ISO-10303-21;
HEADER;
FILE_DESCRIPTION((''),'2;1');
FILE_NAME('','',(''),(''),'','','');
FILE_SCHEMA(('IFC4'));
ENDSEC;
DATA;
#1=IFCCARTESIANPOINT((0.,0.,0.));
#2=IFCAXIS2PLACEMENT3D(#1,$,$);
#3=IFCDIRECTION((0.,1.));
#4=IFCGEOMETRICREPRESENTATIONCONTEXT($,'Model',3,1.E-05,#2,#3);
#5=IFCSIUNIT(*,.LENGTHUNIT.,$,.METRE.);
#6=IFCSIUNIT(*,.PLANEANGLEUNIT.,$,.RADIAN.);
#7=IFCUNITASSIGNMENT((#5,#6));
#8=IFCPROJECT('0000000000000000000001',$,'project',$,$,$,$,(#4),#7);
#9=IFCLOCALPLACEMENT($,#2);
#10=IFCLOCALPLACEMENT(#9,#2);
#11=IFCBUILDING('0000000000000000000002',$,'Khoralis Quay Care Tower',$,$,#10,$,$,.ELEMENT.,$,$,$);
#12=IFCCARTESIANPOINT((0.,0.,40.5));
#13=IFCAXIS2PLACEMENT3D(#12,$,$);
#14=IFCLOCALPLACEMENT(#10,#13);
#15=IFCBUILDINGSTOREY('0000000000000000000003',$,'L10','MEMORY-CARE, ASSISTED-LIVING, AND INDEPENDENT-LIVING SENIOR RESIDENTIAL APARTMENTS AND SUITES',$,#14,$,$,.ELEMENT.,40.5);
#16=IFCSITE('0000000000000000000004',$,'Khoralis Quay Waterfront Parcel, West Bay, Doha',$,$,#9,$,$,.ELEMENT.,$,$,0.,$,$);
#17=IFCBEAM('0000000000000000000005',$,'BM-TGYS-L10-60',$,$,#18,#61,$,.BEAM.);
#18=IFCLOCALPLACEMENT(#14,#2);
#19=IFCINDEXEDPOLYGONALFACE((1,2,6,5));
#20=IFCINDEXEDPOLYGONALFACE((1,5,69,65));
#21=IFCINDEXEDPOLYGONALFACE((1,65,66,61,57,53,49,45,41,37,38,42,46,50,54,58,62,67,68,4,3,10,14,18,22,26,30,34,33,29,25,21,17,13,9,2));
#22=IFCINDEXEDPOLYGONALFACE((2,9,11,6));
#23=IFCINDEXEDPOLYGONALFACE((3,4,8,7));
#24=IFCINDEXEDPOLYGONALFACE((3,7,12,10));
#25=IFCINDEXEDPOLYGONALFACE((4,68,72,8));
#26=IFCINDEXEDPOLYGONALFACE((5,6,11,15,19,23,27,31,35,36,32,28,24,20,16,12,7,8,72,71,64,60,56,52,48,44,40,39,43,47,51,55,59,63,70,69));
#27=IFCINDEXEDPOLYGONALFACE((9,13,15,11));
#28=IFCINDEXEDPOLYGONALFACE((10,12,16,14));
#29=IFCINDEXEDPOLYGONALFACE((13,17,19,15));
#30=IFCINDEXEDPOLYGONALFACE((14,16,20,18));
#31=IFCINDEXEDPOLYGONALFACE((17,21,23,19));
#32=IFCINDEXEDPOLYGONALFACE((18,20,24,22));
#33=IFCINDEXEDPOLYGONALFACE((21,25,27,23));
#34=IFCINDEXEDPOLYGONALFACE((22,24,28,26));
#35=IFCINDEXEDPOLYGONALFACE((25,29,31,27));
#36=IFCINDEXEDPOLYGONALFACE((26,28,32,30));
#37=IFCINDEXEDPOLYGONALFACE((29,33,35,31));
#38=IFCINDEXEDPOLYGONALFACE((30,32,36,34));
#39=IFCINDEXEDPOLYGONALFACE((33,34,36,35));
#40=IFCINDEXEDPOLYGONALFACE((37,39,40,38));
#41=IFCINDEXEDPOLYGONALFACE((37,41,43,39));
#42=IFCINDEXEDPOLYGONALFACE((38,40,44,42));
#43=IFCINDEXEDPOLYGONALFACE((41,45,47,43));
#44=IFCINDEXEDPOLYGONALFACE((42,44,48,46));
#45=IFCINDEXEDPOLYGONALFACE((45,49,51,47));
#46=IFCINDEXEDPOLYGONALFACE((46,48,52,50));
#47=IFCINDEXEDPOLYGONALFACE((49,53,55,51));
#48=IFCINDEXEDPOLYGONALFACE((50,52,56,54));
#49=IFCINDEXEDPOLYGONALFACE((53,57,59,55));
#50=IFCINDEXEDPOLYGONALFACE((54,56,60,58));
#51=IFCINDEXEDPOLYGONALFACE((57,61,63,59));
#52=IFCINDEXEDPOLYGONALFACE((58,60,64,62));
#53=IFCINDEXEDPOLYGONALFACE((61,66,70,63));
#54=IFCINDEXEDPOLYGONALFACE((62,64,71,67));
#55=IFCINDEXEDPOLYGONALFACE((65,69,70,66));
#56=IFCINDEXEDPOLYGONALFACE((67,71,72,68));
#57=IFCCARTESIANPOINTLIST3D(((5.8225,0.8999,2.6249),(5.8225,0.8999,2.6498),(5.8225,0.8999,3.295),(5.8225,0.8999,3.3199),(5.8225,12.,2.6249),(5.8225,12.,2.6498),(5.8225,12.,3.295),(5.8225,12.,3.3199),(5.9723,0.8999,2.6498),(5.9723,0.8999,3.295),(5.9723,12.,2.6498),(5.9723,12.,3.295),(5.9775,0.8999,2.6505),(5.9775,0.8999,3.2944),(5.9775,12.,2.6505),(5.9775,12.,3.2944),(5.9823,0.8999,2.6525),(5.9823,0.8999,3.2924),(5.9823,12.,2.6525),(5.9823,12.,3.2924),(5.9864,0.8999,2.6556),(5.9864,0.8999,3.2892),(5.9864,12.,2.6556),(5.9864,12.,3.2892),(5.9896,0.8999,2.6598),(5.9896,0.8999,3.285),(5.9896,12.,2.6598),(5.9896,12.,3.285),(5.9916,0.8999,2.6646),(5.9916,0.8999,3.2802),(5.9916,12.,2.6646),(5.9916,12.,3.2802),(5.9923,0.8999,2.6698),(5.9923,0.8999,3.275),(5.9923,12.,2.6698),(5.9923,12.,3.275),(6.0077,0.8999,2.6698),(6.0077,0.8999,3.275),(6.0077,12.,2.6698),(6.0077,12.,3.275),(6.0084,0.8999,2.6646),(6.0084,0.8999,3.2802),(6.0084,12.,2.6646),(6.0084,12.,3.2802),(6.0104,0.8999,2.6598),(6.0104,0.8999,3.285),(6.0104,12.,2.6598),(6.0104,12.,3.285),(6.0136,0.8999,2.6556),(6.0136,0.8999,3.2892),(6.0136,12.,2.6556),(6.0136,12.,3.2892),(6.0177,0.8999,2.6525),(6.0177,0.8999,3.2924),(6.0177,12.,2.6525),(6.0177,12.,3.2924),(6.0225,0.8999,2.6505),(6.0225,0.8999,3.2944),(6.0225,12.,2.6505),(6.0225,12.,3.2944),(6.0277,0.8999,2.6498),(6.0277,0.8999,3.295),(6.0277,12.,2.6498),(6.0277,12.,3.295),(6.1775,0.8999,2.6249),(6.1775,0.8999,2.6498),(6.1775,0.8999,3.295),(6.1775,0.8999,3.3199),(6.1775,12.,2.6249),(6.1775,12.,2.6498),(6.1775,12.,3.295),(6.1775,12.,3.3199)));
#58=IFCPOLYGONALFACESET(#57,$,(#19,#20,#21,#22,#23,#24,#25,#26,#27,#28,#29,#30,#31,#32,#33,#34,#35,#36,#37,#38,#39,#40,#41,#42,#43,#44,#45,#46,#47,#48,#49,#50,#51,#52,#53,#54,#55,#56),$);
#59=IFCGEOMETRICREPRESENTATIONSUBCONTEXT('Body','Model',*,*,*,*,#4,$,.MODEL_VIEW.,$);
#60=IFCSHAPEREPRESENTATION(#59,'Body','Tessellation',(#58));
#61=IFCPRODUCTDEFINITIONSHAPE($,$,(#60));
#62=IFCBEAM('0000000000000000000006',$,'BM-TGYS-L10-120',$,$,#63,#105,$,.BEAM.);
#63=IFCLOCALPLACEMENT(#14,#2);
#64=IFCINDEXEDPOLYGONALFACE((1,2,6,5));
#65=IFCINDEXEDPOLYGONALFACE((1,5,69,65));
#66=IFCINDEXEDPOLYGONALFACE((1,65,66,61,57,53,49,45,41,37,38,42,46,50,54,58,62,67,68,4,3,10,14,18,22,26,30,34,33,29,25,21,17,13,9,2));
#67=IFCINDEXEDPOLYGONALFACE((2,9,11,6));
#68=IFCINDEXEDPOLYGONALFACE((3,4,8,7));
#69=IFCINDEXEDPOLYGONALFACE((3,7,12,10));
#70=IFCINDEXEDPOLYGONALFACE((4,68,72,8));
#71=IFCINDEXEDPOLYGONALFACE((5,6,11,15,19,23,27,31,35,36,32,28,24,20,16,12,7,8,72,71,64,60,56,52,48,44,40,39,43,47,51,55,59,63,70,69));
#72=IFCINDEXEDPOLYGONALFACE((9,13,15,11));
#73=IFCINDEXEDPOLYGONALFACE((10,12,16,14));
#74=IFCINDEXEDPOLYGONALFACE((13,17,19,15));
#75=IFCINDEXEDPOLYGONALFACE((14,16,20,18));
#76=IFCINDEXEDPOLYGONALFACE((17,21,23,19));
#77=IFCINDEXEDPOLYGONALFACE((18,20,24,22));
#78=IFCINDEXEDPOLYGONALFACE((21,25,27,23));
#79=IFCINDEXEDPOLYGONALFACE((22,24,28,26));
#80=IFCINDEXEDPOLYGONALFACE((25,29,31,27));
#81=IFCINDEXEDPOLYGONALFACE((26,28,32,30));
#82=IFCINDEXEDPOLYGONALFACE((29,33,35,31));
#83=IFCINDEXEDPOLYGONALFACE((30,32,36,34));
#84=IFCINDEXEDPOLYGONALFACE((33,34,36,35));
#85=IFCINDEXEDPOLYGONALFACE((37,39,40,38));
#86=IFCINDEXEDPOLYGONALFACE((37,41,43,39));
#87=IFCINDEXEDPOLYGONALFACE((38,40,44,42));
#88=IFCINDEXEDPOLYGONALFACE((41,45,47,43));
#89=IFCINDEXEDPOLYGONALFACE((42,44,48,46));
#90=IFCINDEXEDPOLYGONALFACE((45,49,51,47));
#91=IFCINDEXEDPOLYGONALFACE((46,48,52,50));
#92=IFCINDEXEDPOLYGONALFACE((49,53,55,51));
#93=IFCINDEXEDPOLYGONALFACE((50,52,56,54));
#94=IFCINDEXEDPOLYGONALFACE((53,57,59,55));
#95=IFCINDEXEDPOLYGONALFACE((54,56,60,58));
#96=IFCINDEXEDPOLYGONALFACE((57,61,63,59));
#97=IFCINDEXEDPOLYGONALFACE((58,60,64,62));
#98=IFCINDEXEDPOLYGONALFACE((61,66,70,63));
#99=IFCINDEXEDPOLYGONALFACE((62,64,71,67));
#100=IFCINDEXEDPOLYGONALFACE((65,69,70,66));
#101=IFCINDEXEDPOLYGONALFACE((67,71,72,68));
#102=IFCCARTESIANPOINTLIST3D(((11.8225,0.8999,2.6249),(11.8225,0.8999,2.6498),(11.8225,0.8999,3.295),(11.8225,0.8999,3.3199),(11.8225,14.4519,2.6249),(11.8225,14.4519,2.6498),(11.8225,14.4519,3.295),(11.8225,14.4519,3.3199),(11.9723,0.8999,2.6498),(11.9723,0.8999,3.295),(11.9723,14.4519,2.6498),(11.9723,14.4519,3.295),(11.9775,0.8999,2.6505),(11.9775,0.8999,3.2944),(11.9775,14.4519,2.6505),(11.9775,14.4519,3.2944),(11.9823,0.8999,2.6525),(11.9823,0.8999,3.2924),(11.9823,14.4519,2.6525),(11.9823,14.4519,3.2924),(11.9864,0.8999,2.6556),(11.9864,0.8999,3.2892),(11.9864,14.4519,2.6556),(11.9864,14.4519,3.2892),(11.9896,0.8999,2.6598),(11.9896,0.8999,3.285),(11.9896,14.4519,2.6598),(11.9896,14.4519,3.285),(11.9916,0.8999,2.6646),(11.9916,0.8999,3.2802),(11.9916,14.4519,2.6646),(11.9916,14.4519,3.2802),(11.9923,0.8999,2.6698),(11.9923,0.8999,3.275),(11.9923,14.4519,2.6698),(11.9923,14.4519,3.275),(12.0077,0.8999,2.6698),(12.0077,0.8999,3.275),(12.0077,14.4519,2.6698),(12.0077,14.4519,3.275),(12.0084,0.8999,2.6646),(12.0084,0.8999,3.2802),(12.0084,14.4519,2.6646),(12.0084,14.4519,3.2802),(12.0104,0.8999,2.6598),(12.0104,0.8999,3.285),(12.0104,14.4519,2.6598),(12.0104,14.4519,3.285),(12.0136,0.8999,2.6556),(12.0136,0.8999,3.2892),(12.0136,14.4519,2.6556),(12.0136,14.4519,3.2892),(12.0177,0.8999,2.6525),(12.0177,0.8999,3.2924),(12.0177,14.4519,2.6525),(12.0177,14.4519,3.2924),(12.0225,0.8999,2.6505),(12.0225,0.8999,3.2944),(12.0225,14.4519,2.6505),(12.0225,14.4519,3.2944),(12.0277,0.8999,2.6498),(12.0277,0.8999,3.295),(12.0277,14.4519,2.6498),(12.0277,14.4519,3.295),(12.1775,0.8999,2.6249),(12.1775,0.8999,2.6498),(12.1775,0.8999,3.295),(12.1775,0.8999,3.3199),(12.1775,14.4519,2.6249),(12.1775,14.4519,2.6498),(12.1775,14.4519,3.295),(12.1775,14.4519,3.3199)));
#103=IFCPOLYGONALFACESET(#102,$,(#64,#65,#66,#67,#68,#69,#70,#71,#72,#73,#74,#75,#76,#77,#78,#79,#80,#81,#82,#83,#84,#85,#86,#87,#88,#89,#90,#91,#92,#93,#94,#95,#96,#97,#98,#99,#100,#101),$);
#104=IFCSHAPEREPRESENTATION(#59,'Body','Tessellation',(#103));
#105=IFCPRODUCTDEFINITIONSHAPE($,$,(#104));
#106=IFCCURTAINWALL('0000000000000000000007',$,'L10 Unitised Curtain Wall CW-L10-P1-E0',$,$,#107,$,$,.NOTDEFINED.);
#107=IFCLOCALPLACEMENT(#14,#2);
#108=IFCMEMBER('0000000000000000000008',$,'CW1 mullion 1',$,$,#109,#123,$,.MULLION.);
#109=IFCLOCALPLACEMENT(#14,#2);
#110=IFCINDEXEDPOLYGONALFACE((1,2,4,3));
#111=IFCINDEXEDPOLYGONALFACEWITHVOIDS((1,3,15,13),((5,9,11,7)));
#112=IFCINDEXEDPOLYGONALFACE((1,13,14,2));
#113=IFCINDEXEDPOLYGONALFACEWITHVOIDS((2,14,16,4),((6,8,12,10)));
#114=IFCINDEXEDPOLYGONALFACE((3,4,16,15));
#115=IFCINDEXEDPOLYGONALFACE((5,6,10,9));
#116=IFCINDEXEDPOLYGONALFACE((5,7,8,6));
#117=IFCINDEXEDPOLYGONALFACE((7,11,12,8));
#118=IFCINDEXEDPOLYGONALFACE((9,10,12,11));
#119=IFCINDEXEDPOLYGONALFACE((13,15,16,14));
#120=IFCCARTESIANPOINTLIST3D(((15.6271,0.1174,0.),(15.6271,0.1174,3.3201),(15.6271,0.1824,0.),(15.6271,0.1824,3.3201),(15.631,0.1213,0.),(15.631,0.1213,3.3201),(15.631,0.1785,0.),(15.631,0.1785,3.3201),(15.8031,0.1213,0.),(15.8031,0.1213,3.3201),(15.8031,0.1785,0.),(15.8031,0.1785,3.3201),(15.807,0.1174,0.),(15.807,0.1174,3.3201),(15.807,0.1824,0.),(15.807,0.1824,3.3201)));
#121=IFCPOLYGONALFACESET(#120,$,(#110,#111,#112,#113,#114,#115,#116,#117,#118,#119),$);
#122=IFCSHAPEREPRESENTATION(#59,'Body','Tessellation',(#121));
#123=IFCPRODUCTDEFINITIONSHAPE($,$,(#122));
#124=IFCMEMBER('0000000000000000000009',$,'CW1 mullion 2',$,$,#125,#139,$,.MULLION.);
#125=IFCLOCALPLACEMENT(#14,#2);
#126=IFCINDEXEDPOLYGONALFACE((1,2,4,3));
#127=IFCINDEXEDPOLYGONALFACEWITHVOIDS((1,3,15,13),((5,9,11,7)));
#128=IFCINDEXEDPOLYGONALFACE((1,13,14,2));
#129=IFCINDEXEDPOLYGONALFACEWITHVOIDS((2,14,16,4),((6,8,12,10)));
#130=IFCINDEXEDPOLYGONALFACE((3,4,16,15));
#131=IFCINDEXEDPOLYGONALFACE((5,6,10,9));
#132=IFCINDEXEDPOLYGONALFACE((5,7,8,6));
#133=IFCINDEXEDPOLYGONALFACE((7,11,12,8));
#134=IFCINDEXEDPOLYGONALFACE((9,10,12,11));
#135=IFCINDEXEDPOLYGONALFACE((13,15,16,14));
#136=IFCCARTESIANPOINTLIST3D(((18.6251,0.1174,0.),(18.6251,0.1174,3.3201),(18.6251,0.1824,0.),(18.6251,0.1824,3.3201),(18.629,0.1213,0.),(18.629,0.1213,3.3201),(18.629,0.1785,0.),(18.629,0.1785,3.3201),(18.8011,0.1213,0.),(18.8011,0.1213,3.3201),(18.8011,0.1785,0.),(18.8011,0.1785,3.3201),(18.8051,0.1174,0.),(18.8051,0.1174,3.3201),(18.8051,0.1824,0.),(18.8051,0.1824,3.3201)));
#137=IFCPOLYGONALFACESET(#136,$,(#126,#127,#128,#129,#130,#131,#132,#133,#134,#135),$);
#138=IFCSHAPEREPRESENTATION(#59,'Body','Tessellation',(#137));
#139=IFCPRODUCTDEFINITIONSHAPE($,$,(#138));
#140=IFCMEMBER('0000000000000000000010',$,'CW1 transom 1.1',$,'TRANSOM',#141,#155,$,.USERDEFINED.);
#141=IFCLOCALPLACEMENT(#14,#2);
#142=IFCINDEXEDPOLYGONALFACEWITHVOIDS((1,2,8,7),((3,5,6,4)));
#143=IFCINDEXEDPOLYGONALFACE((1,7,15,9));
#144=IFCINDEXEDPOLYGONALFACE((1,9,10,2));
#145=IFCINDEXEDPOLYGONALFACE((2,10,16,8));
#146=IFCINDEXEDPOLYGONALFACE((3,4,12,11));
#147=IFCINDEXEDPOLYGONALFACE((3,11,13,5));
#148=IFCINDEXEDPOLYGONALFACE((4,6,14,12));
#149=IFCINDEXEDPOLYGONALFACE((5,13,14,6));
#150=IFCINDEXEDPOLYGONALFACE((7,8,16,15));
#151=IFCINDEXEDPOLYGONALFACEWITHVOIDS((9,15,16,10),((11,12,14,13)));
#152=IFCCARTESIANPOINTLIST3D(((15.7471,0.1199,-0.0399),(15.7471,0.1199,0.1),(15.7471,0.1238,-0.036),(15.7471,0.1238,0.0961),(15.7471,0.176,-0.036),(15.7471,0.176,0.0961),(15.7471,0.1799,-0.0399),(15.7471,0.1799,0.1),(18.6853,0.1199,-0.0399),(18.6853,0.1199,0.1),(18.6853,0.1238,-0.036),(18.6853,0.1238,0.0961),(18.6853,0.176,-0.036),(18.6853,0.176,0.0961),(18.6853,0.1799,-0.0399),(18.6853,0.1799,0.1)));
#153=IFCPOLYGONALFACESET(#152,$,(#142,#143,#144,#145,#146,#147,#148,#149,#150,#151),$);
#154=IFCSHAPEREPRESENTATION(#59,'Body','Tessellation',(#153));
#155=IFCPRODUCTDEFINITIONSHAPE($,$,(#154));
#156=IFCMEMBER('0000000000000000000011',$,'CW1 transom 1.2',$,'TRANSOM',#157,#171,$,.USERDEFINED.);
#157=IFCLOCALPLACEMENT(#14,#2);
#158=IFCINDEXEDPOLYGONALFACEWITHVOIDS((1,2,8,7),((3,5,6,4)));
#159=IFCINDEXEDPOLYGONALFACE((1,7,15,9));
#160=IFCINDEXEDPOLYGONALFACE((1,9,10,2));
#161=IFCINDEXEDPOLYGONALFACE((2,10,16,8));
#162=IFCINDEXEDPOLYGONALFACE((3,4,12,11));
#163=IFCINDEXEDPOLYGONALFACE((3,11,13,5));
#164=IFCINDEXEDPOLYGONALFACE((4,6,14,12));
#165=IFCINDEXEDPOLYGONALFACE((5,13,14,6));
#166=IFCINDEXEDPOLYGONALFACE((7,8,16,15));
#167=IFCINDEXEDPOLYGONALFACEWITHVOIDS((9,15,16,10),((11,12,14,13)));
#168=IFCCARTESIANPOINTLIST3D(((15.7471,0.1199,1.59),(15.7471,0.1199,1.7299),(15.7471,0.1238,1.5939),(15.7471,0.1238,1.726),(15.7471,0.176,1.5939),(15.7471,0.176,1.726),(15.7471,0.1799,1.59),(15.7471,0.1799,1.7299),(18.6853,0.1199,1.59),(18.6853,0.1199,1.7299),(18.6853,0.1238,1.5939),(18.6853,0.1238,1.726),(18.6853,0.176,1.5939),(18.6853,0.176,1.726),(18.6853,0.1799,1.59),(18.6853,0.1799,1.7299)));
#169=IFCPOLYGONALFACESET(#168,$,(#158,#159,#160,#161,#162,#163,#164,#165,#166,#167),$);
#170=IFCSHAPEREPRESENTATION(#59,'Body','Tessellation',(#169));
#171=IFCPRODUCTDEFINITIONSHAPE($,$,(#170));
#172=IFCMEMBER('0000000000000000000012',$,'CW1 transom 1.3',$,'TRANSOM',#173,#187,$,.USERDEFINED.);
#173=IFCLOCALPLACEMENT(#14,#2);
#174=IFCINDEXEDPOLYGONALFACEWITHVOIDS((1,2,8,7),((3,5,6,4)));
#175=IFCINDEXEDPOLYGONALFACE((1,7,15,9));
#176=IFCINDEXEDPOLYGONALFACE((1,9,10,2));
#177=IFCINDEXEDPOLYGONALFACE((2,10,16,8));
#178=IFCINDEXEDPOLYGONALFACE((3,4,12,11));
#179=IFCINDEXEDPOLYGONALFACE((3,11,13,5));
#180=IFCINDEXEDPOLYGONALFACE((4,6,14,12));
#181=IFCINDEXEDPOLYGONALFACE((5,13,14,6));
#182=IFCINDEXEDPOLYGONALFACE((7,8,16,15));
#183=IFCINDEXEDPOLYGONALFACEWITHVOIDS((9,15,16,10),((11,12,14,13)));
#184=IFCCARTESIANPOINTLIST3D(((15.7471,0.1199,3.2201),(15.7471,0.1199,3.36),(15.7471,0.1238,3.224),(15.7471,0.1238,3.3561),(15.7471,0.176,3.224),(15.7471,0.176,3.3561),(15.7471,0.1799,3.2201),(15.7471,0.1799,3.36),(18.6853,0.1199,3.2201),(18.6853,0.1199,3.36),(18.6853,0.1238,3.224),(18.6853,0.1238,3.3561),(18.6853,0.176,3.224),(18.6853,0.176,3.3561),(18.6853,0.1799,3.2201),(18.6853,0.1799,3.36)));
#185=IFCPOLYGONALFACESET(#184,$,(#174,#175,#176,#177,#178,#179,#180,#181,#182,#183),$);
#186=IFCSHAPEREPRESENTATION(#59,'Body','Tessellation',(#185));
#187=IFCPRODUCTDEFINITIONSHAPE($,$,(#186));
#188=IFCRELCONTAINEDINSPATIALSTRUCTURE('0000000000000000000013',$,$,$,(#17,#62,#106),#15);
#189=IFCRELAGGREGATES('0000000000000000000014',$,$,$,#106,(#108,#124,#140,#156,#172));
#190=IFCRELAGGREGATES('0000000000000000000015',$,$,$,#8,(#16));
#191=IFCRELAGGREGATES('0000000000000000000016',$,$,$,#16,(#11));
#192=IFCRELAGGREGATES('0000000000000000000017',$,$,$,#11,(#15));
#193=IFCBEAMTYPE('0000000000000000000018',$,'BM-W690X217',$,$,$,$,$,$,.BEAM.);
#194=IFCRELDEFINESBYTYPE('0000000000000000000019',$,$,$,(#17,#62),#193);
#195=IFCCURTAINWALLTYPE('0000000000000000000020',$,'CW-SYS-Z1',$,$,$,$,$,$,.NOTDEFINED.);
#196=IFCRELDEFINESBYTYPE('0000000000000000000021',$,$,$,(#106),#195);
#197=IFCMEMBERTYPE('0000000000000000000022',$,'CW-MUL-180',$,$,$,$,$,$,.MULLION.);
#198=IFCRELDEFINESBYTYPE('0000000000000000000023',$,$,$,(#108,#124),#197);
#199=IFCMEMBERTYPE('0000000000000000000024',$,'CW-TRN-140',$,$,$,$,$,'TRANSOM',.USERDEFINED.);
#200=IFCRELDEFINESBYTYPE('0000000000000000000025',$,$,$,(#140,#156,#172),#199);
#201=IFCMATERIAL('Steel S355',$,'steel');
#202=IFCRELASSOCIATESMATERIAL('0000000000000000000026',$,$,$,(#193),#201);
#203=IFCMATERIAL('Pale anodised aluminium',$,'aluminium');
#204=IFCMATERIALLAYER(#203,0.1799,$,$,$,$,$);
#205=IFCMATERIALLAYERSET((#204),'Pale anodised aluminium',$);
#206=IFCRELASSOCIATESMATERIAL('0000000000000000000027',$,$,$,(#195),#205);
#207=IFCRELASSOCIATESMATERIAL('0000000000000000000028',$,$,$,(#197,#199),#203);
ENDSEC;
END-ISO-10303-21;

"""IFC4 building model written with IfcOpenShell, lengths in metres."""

from ifc_helpers import new_model, si_unit, direction, frame, origin, origin_2d, place, context, subcontext, project, spatial, hollow_rectangle, i_section, extrude, source, transform, mapped, material, layer, layer_set, material_profile, profile_set, type_object, element, aggregate, save


model = new_model("IFC4")

# Units and contexts
model_context = context("Model", 3, precision=1e-05, world=origin(), true_north=direction((0.0, 1.0)))
body_context = subcontext(model_context, "Body", "Model", "MODEL_VIEW")
ifc_project = project(units=[si_unit("LENGTHUNIT", "METRE"), si_unit("PLANEANGLEUNIT", "RADIAN")], contexts=[model_context])

# Site, building, storey
site_placement = place(None, origin())
site = spatial("IfcSite", under=ifc_project, at=site_placement, Name="Khoralis Quay Waterfront Parcel, West Bay, Doha", CompositionType="ELEMENT", RefElevation=0.0)
building_placement = place(site_placement, origin())
building = spatial("IfcBuilding", under=site, at=building_placement, Name="Khoralis Quay Care Tower", CompositionType="ELEMENT")
storey_placement = place(building_placement, frame((0.0, 0.0, 40.5)))
storey = spatial("IfcBuildingStorey", under=building, at=storey_placement, Name="L10", Description="MEMORY-CARE, ASSISTED-LIVING, AND INDEPENDENT-LIVING SENIOR RESIDENTIAL APARTMENTS AND SUITES", CompositionType="ELEMENT", Elevation=40.5)

# Beams
ifc_material_1 = material(Name="Steel S355", Category="steel")
ifc_material_profile_1 = material_profile(ifc_material_1, i_section(OverallWidth=0.355, OverallDepth=0.6951, WebThickness=0.0154, FlangeThickness=0.0249, FilletRadius=0.02, at=origin_2d()), Name="Steel S355")
ifc_profile_set_1 = profile_set([ifc_material_profile_1], Name="Steel S355")
beam_type_1 = type_object("IfcBeamType", Name="BM-W690X217", PredefinedType="BEAM", material=ifc_profile_set_1)
shared_shape_1 = source(origin(), body_context, "Body", "SweptSolid", [
    extrude(i_section(OverallWidth=0.355, OverallDepth=0.6951, WebThickness=0.0154, FlangeThickness=0.0249, FilletRadius=0.02, at=origin_2d()), origin(), (0.0, 0.0, 1.0), 11.1001),
])
beam_1_placement = place(storey_placement, frame((6.0, 0.8999, 2.9724), z_axis=(0.0, 1.0, 0.0), x_axis=(-1.0, 0.0, 0.0)))
element("IfcBeam", 1, at=beam_1_placement, inside=storey, type_object=beam_type_1, Name="BM-TGYS-L10-60", PredefinedType="BEAM", context=body_context, shape_type="MappedRepresentation", body=[
    mapped(shared_shape_1, transform((0.0, 0.0, 0.0), scale=1.0)),
])
shared_shape_2 = source(origin(), body_context, "Body", "SweptSolid", [
    extrude(i_section(OverallWidth=0.355, OverallDepth=0.6951, WebThickness=0.0154, FlangeThickness=0.0249, FilletRadius=0.02, at=origin_2d()), origin(), (0.0, 0.0, 1.0), 13.552),
])
beam_2_placement = place(storey_placement, frame((12.0, 0.8999, 2.9724), z_axis=(0.0, 1.0, 0.0), x_axis=(-1.0, 0.0, 0.0)))
element("IfcBeam", 2, at=beam_2_placement, inside=storey, type_object=beam_type_1, Name="BM-TGYS-L10-120", PredefinedType="BEAM", context=body_context, shape_type="MappedRepresentation", body=[
    mapped(shared_shape_2, transform((0.0, 0.0, 0.0), scale=1.0)),
])

# Curtain wall, members
ifc_material_2 = material(Name="Pale anodised aluminium", Category="aluminium")
ifc_layer_1 = layer(ifc_material_2, 0.1799)
ifc_layer_set_1 = layer_set([ifc_layer_1], Name="Pale anodised aluminium")
curtain_wall_type = type_object("IfcCurtainWallType", Name="CW-SYS-Z1", PredefinedType="NOTDEFINED", material=ifc_layer_set_1)
curtain_wall_placement = place(storey_placement, origin())
curtain_wall = element("IfcCurtainWall", 3, at=curtain_wall_placement, inside=storey, type_object=curtain_wall_type, Name="L10 Unitised Curtain Wall CW-L10-P1-E0", PredefinedType="NOTDEFINED")
ifc_material_profile_2 = material_profile(ifc_material_2, hollow_rectangle(XDim=0.0649, YDim=0.1799, WallThickness=0.0039, at=origin_2d()), Name="Pale anodised aluminium")
ifc_profile_set_2 = profile_set([ifc_material_profile_2], Name="Pale anodised aluminium")
member_type_1 = type_object("IfcMemberType", Name="CW-MUL-180", PredefinedType="MULLION", material=ifc_profile_set_2)
shared_shape_3 = source(origin(), body_context, "Body", "SweptSolid", [
    extrude(hollow_rectangle(XDim=0.0649, YDim=0.1799, WallThickness=0.0039, at=origin_2d()), origin(), (0.0, 0.0, 1.0), 3.3201),
])
member_1_placement = place(storey_placement, frame((15.717, 0.1499, 0.0), z_axis=(0.0, 0.0, 1.0), x_axis=(0.0, 1.0, 0.0)))
member_1 = element("IfcMember", 4, at=member_1_placement, type_object=member_type_1, Name="CW1 mullion 1", PredefinedType="MULLION", context=body_context, shape_type="MappedRepresentation", body=[
    mapped(shared_shape_3, transform((0.0, 0.0, 0.0), scale=1.0)),
])
member_2_placement = place(storey_placement, frame((18.7151, 0.1499, 0.0), z_axis=(0.0, 0.0, 1.0), x_axis=(0.0, 1.0, 0.0)))
member_2 = element("IfcMember", 5, at=member_2_placement, type_object=member_type_1, Name="CW1 mullion 2", PredefinedType="MULLION", context=body_context, shape_type="MappedRepresentation", body=[
    mapped(shared_shape_3, transform((0.0, 0.0, 0.0), scale=1.0)),
])
ifc_material_profile_3 = material_profile(ifc_material_2, hollow_rectangle(XDim=0.0601, YDim=0.1399, WallThickness=0.0039, at=origin_2d()), Name="Pale anodised aluminium")
ifc_profile_set_3 = profile_set([ifc_material_profile_3], Name="Pale anodised aluminium")
member_type_2 = type_object("IfcMemberType", Name="CW-TRN-140", ElementType="TRANSOM", PredefinedType="USERDEFINED", material=ifc_profile_set_3)
shared_shape_4 = source(origin(), body_context, "Body", "SweptSolid", [
    extrude(hollow_rectangle(XDim=0.0601, YDim=0.1399, WallThickness=0.0039, at=origin_2d()), origin(), (0.0, 0.0, 1.0), 2.9382),
])
member_3_placement = place(storey_placement, frame((15.7471, 0.1499, 0.03), z_axis=(1.0, 0.0, 0.0), x_axis=(0.0, 1.0, 0.0)))
member_3 = element("IfcMember", 6, at=member_3_placement, type_object=member_type_2, Name="CW1 transom 1.1", ObjectType="TRANSOM", PredefinedType="USERDEFINED", context=body_context, shape_type="MappedRepresentation", body=[
    mapped(shared_shape_4, transform((0.0, 0.0, 0.0), scale=1.0)),
])
member_4_placement = place(storey_placement, frame((15.7471, 0.1499, 1.6599), z_axis=(1.0, 0.0, 0.0), x_axis=(0.0, 1.0, 0.0)))
member_4 = element("IfcMember", 7, at=member_4_placement, type_object=member_type_2, Name="CW1 transom 1.2", ObjectType="TRANSOM", PredefinedType="USERDEFINED", context=body_context, shape_type="MappedRepresentation", body=[
    mapped(shared_shape_4, transform((0.0, 0.0, 0.0), scale=1.0)),
])
member_5_placement = place(storey_placement, frame((15.7471, 0.1499, 3.29), z_axis=(1.0, 0.0, 0.0), x_axis=(0.0, 1.0, 0.0)))
member_5 = element("IfcMember", 8, at=member_5_placement, type_object=member_type_2, Name="CW1 transom 1.3", ObjectType="TRANSOM", PredefinedType="USERDEFINED", context=body_context, shape_type="MappedRepresentation", body=[
    mapped(shared_shape_4, transform((0.0, 0.0, 0.0), scale=1.0)),
])
aggregate(curtain_wall, [member_1, member_2, member_3, member_4, member_5])

save(model, "model.ifc")
